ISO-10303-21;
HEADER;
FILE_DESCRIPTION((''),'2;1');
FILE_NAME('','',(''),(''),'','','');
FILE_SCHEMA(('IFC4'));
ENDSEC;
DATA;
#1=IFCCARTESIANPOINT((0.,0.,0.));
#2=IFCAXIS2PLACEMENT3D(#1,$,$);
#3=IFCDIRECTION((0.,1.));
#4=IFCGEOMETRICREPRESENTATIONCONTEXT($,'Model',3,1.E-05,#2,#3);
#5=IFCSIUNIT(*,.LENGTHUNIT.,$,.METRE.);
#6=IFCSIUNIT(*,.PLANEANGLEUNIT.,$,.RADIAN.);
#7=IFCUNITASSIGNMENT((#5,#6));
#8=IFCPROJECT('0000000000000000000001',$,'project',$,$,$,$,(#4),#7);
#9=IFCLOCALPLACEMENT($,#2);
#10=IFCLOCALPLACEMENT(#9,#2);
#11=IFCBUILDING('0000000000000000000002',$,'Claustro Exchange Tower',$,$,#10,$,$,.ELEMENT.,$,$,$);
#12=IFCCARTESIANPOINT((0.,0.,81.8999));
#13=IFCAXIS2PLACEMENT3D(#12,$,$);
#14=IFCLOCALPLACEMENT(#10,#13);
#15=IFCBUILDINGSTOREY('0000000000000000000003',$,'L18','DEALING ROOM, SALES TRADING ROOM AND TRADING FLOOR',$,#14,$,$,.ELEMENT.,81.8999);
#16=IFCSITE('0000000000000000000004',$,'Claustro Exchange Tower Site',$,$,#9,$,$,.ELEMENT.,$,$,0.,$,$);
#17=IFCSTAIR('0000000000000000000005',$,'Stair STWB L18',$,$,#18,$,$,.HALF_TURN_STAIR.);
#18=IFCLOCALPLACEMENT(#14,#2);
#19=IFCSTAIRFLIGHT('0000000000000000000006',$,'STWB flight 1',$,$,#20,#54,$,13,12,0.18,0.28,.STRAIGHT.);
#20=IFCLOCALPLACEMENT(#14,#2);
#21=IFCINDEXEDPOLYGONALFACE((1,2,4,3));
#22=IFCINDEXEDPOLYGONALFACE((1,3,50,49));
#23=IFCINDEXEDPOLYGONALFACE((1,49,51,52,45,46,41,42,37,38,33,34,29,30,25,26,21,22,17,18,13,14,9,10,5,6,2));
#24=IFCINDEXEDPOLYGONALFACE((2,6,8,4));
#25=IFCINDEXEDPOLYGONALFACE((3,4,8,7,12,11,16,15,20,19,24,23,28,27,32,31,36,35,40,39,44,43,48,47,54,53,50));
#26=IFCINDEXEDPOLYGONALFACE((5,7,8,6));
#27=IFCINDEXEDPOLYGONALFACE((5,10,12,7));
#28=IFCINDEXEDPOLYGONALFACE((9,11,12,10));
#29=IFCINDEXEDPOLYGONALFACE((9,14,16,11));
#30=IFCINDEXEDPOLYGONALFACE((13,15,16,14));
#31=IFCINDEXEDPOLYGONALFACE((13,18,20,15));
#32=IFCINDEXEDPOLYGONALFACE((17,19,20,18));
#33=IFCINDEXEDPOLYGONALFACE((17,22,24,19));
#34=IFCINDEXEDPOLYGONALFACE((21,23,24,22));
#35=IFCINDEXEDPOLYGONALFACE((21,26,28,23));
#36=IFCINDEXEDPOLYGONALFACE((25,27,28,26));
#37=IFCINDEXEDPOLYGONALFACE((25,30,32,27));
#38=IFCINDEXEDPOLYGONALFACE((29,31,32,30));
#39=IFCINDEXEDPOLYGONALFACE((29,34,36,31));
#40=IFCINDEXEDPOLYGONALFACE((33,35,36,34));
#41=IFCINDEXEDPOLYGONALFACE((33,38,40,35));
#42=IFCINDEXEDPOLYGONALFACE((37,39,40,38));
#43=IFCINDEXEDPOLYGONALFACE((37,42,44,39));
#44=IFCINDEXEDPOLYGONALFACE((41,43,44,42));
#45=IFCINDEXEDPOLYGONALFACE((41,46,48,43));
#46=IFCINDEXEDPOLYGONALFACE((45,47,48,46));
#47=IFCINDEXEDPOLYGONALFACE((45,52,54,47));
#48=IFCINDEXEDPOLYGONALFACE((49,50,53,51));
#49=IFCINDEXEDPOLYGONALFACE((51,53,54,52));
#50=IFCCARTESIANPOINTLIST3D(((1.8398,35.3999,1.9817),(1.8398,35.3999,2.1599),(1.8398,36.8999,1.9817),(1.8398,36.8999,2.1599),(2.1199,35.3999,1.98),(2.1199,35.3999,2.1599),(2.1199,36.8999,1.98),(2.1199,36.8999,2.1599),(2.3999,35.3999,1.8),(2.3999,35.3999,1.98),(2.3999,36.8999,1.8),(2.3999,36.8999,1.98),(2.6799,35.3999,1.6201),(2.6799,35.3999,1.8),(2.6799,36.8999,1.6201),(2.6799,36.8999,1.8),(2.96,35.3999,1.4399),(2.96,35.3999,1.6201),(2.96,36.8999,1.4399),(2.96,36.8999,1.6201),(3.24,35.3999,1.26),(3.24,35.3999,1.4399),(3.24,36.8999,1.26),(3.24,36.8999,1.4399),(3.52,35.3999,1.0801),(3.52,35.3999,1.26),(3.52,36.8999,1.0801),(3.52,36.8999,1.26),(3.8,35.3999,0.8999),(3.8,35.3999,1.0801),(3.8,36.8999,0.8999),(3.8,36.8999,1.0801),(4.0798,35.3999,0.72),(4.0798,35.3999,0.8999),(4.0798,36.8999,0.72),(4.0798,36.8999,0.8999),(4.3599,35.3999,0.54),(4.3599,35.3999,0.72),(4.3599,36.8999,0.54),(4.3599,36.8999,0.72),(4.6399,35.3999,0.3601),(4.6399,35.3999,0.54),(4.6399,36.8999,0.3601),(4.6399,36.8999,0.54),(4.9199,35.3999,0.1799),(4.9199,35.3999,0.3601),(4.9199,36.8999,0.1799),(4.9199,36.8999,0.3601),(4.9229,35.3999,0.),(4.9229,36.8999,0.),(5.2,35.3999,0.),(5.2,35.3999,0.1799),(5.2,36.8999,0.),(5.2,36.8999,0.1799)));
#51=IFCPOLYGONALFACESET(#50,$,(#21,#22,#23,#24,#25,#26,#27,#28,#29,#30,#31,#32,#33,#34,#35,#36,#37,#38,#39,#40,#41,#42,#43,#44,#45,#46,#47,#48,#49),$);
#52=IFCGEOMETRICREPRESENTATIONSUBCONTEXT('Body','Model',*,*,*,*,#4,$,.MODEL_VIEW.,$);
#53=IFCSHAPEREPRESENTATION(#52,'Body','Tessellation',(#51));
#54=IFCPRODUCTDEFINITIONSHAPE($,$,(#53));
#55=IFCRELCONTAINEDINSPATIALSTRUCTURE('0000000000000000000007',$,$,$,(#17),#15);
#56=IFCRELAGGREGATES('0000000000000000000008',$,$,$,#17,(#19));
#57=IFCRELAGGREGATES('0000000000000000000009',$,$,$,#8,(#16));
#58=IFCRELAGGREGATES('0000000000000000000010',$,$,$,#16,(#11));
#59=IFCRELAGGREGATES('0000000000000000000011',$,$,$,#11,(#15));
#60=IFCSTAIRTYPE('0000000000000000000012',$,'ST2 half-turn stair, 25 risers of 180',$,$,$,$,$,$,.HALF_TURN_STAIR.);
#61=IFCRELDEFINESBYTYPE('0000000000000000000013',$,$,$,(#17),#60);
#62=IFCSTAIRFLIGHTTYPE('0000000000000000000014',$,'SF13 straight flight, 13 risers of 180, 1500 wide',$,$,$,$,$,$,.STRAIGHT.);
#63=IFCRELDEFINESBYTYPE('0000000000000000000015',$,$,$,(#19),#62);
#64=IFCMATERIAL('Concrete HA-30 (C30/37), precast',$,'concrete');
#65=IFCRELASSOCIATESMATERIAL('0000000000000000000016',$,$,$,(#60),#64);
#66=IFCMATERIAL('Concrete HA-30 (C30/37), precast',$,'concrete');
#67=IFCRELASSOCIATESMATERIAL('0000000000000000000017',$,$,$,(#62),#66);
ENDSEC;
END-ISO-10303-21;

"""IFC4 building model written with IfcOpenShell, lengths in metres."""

from ifc_helpers import new_model, si_unit, direction, frame, origin, place, context, subcontext, project, spatial, polyline, outline, extrude, material, type_object, element, aggregate, save


model = new_model("IFC4")

# Units and contexts
model_context = context("Model", 3, precision=1e-05, world=origin(), true_north=direction((0.0, 1.0)))
body_context = subcontext(model_context, "Body", "Model", "MODEL_VIEW")
ifc_project = project(units=[si_unit("LENGTHUNIT", "METRE"), si_unit("PLANEANGLEUNIT", "RADIAN")], contexts=[model_context])

# Site, building, storey
site_placement = place(None, origin())
site = spatial("IfcSite", under=ifc_project, at=site_placement, Name="Claustro Exchange Tower Site", CompositionType="ELEMENT", RefElevation=0.0)
building_placement = place(site_placement, origin())
building = spatial("IfcBuilding", under=site, at=building_placement, Name="Claustro Exchange Tower", CompositionType="ELEMENT")
storey_placement = place(building_placement, frame((0.0, 0.0, 81.8999)))
storey = spatial("IfcBuildingStorey", under=building, at=storey_placement, Name="L18", Description="DEALING ROOM, SALES TRADING ROOM AND TRADING FLOOR", CompositionType="ELEMENT", Elevation=81.8999)

# Stair, stair flight
ifc_material_1 = material(Name="Concrete HA-30 (C30/37), precast", Category="concrete")
stair_type = type_object("IfcStairType", Name="ST2 half-turn stair, 25 risers of 180", PredefinedType="HALF_TURN_STAIR", material=ifc_material_1)
stair_placement = place(storey_placement, origin())
stair = element("IfcStair", 1, at=stair_placement, inside=storey, type_object=stair_type, Name="Stair STWB L18", PredefinedType="HALF_TURN_STAIR")
ifc_material_2 = material(Name="Concrete HA-30 (C30/37), precast", Category="concrete")
stair_flight_type_1 = type_object("IfcStairFlightType", Name="SF13 straight flight, 13 risers of 180, 1500 wide", PredefinedType="STRAIGHT", material=ifc_material_2)
stair_flight_1_placement = place(storey_placement, frame((5.2, 36.1499, 0.0), z_axis=(0.0, 0.0, 1.0), x_axis=(-1.0, 0.0, 0.0)))
stair_flight_1 = element("IfcStairFlight", 2, at=stair_flight_1_placement, type_object=stair_flight_type_1, Name="STWB flight 1", NumberOfRisers=13, NumberOfTreads=12, PredefinedType="STRAIGHT", RiserHeight=0.18, TreadLength=0.28, context=body_context, shape_type="SweptSolid", body=[
    extrude(outline(polyline([(0.0, 0.0), (0.0, 0.1799), (0.28, 0.1799), (0.28, 0.3601), (0.5601, 0.3601), (0.5601, 0.54), (0.8401, 0.54), (0.8401, 0.72), (1.1201, 0.72), (1.1201, 0.8999), (1.3999, 0.8999), (1.3999, 1.0801), (1.6799, 1.0801), (1.6799, 1.26), (1.96, 1.26), (1.96, 1.4399), (2.24, 1.4399), (2.24, 1.6201), (2.52, 1.6201), (2.52, 1.8), (2.8, 1.8), (2.8, 1.98), (3.0801, 1.98), (3.0801, 2.1599), (3.3601, 2.1599), (3.3601, 2.3401), (3.3601, 1.9817), (0.2771, 0.0), (0.0, 0.0)])), frame((0.0, 0.75, 0.0), z_axis=(0.0, -1.0, 0.0), x_axis=(1.0, 0.0, 0.0)), (0.0, 0.0, 1.0), 1.5),
])
aggregate(stair, [stair_flight_1])

save(model, "model.ifc")
